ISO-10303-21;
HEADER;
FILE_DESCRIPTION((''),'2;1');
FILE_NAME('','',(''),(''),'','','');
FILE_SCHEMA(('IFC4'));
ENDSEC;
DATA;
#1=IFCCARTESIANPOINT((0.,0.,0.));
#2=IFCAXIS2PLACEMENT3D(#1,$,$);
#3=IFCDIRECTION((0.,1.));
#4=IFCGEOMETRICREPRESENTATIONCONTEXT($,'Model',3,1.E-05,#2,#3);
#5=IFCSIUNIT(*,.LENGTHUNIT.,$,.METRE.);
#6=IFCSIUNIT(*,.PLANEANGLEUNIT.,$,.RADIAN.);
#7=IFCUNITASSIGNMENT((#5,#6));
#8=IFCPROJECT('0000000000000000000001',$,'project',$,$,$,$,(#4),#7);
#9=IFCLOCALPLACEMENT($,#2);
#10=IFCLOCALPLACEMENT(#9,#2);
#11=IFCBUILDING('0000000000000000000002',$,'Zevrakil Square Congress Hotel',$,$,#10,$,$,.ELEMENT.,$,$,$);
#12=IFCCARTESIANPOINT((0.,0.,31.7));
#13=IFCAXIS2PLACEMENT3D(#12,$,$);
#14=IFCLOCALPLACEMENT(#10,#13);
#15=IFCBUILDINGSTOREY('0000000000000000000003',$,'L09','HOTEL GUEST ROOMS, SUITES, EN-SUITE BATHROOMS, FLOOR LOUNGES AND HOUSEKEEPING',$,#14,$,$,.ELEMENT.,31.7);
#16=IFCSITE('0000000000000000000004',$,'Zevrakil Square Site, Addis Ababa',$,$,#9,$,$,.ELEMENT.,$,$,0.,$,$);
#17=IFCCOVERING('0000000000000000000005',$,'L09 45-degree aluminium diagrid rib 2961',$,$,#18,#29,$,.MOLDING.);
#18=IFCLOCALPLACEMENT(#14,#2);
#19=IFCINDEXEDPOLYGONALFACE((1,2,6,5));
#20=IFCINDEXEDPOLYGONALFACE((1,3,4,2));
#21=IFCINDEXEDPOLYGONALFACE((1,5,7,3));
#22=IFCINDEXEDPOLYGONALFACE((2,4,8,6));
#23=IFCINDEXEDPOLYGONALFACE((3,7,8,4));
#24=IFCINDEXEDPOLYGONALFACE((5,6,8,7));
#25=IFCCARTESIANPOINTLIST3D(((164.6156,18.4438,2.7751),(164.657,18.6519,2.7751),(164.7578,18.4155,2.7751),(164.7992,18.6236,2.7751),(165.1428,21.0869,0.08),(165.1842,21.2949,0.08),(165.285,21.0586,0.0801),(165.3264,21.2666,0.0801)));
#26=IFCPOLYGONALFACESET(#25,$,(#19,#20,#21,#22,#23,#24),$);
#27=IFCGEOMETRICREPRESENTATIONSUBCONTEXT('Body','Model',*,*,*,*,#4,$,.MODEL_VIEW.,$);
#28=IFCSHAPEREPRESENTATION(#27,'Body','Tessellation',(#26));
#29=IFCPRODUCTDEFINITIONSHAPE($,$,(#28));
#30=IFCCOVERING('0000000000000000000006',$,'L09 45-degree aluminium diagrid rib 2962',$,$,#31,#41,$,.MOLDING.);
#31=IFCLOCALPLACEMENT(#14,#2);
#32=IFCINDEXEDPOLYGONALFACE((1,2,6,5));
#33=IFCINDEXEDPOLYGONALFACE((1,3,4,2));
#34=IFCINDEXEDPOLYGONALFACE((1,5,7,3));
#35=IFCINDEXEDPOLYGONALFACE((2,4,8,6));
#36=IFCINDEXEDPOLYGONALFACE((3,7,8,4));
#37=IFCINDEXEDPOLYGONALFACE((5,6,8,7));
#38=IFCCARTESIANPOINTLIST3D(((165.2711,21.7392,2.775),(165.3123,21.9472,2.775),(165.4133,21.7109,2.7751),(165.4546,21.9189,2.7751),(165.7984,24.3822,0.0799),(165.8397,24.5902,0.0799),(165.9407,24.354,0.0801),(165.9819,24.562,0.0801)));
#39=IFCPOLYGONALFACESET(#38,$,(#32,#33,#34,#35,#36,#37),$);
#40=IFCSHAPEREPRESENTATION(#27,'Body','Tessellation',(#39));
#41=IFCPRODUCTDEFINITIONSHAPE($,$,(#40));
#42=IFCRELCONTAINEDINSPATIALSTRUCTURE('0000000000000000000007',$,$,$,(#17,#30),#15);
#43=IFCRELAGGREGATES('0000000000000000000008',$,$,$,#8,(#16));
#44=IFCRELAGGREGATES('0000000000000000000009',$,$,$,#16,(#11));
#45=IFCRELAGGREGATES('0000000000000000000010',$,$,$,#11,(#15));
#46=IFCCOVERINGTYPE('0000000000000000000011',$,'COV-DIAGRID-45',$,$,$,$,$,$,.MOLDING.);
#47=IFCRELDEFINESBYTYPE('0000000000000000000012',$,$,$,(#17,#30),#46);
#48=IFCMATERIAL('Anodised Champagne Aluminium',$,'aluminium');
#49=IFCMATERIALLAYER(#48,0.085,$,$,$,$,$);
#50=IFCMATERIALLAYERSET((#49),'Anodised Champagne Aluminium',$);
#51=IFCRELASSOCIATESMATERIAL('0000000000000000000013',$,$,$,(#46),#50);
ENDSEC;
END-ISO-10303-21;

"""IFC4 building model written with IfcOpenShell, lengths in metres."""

from ifc_helpers import new_model, si_unit, direction, frame, origin, place, context, subcontext, project, spatial, polyline, outline, extrude, material, layer, layer_set, type_object, element, save


model = new_model("IFC4")

# Units and contexts
model_context = context("Model", 3, precision=1e-05, world=origin(), true_north=direction((0.0, 1.0)))
body_context = subcontext(model_context, "Body", "Model", "MODEL_VIEW")
ifc_project = project(units=[si_unit("LENGTHUNIT", "METRE"), si_unit("PLANEANGLEUNIT", "RADIAN")], contexts=[model_context])

# Site, building, storey
site_placement = place(None, origin())
site = spatial("IfcSite", under=ifc_project, at=site_placement, Name="Zevrakil Square Site, Addis Ababa", CompositionType="ELEMENT", RefElevation=0.0)
building_placement = place(site_placement, origin())
building = spatial("IfcBuilding", under=site, at=building_placement, Name="Zevrakil Square Congress Hotel", CompositionType="ELEMENT")
storey_placement = place(building_placement, frame((0.0, 0.0, 31.7)))
storey = spatial("IfcBuildingStorey", under=building, at=storey_placement, Name="L09", Description="HOTEL GUEST ROOMS, SUITES, EN-SUITE BATHROOMS, FLOOR LOUNGES AND HOUSEKEEPING", CompositionType="ELEMENT", Elevation=31.7)

# Coverings
ifc_material_1 = material(Name="Anodised Champagne Aluminium", Category="aluminium")
ifc_layer_1 = layer(ifc_material_1, 0.085)
ifc_layer_set_1 = layer_set([ifc_layer_1], Name="Anodised Champagne Aluminium")
covering_type_1 = type_object("IfcCoveringType", Name="COV-DIAGRID-45", PredefinedType="MOLDING", material=ifc_layer_set_1)
covering_1_placement = place(storey_placement, frame((164.7578, 18.4155, 2.7751), z_axis=(0.980779, -0.19512, 0.00051), x_axis=(0.19512, 0.980779, 0.0)))
element("IfcCovering", 1, at=covering_1_placement, inside=storey, type_object=covering_type_1, Name="L09 45-degree aluminium diagrid rib 2961", PredefinedType="MOLDING", context=body_context, shape_type="SweptSolid", body=[
    extrude(outline(polyline([(0.0, 0.0), (0.2121, 0.0), (2.9072, -2.6951), (2.6952, -2.6951), (0.0, 0.0)])), origin(), (0.0, 0.0, -1.0), 0.145),
])
covering_2_placement = place(storey_placement, frame((165.4133, 21.7109, 2.7751), z_axis=(0.980889, -0.194566, 0.001119), x_axis=(0.194566, 0.980889, 0.0)))
element("IfcCovering", 2, at=covering_2_placement, inside=storey, type_object=covering_type_1, Name="L09 45-degree aluminium diagrid rib 2962", PredefinedType="MOLDING", context=body_context, shape_type="SweptSolid", body=[
    extrude(outline(polyline([(0.0, 0.0), (0.2121, 0.0), (2.9072, -2.6951), (2.6952, -2.6951), (0.0, 0.0)])), origin(), (0.0, 0.0, -1.0), 0.145),
])

save(model, "model.ifc")
